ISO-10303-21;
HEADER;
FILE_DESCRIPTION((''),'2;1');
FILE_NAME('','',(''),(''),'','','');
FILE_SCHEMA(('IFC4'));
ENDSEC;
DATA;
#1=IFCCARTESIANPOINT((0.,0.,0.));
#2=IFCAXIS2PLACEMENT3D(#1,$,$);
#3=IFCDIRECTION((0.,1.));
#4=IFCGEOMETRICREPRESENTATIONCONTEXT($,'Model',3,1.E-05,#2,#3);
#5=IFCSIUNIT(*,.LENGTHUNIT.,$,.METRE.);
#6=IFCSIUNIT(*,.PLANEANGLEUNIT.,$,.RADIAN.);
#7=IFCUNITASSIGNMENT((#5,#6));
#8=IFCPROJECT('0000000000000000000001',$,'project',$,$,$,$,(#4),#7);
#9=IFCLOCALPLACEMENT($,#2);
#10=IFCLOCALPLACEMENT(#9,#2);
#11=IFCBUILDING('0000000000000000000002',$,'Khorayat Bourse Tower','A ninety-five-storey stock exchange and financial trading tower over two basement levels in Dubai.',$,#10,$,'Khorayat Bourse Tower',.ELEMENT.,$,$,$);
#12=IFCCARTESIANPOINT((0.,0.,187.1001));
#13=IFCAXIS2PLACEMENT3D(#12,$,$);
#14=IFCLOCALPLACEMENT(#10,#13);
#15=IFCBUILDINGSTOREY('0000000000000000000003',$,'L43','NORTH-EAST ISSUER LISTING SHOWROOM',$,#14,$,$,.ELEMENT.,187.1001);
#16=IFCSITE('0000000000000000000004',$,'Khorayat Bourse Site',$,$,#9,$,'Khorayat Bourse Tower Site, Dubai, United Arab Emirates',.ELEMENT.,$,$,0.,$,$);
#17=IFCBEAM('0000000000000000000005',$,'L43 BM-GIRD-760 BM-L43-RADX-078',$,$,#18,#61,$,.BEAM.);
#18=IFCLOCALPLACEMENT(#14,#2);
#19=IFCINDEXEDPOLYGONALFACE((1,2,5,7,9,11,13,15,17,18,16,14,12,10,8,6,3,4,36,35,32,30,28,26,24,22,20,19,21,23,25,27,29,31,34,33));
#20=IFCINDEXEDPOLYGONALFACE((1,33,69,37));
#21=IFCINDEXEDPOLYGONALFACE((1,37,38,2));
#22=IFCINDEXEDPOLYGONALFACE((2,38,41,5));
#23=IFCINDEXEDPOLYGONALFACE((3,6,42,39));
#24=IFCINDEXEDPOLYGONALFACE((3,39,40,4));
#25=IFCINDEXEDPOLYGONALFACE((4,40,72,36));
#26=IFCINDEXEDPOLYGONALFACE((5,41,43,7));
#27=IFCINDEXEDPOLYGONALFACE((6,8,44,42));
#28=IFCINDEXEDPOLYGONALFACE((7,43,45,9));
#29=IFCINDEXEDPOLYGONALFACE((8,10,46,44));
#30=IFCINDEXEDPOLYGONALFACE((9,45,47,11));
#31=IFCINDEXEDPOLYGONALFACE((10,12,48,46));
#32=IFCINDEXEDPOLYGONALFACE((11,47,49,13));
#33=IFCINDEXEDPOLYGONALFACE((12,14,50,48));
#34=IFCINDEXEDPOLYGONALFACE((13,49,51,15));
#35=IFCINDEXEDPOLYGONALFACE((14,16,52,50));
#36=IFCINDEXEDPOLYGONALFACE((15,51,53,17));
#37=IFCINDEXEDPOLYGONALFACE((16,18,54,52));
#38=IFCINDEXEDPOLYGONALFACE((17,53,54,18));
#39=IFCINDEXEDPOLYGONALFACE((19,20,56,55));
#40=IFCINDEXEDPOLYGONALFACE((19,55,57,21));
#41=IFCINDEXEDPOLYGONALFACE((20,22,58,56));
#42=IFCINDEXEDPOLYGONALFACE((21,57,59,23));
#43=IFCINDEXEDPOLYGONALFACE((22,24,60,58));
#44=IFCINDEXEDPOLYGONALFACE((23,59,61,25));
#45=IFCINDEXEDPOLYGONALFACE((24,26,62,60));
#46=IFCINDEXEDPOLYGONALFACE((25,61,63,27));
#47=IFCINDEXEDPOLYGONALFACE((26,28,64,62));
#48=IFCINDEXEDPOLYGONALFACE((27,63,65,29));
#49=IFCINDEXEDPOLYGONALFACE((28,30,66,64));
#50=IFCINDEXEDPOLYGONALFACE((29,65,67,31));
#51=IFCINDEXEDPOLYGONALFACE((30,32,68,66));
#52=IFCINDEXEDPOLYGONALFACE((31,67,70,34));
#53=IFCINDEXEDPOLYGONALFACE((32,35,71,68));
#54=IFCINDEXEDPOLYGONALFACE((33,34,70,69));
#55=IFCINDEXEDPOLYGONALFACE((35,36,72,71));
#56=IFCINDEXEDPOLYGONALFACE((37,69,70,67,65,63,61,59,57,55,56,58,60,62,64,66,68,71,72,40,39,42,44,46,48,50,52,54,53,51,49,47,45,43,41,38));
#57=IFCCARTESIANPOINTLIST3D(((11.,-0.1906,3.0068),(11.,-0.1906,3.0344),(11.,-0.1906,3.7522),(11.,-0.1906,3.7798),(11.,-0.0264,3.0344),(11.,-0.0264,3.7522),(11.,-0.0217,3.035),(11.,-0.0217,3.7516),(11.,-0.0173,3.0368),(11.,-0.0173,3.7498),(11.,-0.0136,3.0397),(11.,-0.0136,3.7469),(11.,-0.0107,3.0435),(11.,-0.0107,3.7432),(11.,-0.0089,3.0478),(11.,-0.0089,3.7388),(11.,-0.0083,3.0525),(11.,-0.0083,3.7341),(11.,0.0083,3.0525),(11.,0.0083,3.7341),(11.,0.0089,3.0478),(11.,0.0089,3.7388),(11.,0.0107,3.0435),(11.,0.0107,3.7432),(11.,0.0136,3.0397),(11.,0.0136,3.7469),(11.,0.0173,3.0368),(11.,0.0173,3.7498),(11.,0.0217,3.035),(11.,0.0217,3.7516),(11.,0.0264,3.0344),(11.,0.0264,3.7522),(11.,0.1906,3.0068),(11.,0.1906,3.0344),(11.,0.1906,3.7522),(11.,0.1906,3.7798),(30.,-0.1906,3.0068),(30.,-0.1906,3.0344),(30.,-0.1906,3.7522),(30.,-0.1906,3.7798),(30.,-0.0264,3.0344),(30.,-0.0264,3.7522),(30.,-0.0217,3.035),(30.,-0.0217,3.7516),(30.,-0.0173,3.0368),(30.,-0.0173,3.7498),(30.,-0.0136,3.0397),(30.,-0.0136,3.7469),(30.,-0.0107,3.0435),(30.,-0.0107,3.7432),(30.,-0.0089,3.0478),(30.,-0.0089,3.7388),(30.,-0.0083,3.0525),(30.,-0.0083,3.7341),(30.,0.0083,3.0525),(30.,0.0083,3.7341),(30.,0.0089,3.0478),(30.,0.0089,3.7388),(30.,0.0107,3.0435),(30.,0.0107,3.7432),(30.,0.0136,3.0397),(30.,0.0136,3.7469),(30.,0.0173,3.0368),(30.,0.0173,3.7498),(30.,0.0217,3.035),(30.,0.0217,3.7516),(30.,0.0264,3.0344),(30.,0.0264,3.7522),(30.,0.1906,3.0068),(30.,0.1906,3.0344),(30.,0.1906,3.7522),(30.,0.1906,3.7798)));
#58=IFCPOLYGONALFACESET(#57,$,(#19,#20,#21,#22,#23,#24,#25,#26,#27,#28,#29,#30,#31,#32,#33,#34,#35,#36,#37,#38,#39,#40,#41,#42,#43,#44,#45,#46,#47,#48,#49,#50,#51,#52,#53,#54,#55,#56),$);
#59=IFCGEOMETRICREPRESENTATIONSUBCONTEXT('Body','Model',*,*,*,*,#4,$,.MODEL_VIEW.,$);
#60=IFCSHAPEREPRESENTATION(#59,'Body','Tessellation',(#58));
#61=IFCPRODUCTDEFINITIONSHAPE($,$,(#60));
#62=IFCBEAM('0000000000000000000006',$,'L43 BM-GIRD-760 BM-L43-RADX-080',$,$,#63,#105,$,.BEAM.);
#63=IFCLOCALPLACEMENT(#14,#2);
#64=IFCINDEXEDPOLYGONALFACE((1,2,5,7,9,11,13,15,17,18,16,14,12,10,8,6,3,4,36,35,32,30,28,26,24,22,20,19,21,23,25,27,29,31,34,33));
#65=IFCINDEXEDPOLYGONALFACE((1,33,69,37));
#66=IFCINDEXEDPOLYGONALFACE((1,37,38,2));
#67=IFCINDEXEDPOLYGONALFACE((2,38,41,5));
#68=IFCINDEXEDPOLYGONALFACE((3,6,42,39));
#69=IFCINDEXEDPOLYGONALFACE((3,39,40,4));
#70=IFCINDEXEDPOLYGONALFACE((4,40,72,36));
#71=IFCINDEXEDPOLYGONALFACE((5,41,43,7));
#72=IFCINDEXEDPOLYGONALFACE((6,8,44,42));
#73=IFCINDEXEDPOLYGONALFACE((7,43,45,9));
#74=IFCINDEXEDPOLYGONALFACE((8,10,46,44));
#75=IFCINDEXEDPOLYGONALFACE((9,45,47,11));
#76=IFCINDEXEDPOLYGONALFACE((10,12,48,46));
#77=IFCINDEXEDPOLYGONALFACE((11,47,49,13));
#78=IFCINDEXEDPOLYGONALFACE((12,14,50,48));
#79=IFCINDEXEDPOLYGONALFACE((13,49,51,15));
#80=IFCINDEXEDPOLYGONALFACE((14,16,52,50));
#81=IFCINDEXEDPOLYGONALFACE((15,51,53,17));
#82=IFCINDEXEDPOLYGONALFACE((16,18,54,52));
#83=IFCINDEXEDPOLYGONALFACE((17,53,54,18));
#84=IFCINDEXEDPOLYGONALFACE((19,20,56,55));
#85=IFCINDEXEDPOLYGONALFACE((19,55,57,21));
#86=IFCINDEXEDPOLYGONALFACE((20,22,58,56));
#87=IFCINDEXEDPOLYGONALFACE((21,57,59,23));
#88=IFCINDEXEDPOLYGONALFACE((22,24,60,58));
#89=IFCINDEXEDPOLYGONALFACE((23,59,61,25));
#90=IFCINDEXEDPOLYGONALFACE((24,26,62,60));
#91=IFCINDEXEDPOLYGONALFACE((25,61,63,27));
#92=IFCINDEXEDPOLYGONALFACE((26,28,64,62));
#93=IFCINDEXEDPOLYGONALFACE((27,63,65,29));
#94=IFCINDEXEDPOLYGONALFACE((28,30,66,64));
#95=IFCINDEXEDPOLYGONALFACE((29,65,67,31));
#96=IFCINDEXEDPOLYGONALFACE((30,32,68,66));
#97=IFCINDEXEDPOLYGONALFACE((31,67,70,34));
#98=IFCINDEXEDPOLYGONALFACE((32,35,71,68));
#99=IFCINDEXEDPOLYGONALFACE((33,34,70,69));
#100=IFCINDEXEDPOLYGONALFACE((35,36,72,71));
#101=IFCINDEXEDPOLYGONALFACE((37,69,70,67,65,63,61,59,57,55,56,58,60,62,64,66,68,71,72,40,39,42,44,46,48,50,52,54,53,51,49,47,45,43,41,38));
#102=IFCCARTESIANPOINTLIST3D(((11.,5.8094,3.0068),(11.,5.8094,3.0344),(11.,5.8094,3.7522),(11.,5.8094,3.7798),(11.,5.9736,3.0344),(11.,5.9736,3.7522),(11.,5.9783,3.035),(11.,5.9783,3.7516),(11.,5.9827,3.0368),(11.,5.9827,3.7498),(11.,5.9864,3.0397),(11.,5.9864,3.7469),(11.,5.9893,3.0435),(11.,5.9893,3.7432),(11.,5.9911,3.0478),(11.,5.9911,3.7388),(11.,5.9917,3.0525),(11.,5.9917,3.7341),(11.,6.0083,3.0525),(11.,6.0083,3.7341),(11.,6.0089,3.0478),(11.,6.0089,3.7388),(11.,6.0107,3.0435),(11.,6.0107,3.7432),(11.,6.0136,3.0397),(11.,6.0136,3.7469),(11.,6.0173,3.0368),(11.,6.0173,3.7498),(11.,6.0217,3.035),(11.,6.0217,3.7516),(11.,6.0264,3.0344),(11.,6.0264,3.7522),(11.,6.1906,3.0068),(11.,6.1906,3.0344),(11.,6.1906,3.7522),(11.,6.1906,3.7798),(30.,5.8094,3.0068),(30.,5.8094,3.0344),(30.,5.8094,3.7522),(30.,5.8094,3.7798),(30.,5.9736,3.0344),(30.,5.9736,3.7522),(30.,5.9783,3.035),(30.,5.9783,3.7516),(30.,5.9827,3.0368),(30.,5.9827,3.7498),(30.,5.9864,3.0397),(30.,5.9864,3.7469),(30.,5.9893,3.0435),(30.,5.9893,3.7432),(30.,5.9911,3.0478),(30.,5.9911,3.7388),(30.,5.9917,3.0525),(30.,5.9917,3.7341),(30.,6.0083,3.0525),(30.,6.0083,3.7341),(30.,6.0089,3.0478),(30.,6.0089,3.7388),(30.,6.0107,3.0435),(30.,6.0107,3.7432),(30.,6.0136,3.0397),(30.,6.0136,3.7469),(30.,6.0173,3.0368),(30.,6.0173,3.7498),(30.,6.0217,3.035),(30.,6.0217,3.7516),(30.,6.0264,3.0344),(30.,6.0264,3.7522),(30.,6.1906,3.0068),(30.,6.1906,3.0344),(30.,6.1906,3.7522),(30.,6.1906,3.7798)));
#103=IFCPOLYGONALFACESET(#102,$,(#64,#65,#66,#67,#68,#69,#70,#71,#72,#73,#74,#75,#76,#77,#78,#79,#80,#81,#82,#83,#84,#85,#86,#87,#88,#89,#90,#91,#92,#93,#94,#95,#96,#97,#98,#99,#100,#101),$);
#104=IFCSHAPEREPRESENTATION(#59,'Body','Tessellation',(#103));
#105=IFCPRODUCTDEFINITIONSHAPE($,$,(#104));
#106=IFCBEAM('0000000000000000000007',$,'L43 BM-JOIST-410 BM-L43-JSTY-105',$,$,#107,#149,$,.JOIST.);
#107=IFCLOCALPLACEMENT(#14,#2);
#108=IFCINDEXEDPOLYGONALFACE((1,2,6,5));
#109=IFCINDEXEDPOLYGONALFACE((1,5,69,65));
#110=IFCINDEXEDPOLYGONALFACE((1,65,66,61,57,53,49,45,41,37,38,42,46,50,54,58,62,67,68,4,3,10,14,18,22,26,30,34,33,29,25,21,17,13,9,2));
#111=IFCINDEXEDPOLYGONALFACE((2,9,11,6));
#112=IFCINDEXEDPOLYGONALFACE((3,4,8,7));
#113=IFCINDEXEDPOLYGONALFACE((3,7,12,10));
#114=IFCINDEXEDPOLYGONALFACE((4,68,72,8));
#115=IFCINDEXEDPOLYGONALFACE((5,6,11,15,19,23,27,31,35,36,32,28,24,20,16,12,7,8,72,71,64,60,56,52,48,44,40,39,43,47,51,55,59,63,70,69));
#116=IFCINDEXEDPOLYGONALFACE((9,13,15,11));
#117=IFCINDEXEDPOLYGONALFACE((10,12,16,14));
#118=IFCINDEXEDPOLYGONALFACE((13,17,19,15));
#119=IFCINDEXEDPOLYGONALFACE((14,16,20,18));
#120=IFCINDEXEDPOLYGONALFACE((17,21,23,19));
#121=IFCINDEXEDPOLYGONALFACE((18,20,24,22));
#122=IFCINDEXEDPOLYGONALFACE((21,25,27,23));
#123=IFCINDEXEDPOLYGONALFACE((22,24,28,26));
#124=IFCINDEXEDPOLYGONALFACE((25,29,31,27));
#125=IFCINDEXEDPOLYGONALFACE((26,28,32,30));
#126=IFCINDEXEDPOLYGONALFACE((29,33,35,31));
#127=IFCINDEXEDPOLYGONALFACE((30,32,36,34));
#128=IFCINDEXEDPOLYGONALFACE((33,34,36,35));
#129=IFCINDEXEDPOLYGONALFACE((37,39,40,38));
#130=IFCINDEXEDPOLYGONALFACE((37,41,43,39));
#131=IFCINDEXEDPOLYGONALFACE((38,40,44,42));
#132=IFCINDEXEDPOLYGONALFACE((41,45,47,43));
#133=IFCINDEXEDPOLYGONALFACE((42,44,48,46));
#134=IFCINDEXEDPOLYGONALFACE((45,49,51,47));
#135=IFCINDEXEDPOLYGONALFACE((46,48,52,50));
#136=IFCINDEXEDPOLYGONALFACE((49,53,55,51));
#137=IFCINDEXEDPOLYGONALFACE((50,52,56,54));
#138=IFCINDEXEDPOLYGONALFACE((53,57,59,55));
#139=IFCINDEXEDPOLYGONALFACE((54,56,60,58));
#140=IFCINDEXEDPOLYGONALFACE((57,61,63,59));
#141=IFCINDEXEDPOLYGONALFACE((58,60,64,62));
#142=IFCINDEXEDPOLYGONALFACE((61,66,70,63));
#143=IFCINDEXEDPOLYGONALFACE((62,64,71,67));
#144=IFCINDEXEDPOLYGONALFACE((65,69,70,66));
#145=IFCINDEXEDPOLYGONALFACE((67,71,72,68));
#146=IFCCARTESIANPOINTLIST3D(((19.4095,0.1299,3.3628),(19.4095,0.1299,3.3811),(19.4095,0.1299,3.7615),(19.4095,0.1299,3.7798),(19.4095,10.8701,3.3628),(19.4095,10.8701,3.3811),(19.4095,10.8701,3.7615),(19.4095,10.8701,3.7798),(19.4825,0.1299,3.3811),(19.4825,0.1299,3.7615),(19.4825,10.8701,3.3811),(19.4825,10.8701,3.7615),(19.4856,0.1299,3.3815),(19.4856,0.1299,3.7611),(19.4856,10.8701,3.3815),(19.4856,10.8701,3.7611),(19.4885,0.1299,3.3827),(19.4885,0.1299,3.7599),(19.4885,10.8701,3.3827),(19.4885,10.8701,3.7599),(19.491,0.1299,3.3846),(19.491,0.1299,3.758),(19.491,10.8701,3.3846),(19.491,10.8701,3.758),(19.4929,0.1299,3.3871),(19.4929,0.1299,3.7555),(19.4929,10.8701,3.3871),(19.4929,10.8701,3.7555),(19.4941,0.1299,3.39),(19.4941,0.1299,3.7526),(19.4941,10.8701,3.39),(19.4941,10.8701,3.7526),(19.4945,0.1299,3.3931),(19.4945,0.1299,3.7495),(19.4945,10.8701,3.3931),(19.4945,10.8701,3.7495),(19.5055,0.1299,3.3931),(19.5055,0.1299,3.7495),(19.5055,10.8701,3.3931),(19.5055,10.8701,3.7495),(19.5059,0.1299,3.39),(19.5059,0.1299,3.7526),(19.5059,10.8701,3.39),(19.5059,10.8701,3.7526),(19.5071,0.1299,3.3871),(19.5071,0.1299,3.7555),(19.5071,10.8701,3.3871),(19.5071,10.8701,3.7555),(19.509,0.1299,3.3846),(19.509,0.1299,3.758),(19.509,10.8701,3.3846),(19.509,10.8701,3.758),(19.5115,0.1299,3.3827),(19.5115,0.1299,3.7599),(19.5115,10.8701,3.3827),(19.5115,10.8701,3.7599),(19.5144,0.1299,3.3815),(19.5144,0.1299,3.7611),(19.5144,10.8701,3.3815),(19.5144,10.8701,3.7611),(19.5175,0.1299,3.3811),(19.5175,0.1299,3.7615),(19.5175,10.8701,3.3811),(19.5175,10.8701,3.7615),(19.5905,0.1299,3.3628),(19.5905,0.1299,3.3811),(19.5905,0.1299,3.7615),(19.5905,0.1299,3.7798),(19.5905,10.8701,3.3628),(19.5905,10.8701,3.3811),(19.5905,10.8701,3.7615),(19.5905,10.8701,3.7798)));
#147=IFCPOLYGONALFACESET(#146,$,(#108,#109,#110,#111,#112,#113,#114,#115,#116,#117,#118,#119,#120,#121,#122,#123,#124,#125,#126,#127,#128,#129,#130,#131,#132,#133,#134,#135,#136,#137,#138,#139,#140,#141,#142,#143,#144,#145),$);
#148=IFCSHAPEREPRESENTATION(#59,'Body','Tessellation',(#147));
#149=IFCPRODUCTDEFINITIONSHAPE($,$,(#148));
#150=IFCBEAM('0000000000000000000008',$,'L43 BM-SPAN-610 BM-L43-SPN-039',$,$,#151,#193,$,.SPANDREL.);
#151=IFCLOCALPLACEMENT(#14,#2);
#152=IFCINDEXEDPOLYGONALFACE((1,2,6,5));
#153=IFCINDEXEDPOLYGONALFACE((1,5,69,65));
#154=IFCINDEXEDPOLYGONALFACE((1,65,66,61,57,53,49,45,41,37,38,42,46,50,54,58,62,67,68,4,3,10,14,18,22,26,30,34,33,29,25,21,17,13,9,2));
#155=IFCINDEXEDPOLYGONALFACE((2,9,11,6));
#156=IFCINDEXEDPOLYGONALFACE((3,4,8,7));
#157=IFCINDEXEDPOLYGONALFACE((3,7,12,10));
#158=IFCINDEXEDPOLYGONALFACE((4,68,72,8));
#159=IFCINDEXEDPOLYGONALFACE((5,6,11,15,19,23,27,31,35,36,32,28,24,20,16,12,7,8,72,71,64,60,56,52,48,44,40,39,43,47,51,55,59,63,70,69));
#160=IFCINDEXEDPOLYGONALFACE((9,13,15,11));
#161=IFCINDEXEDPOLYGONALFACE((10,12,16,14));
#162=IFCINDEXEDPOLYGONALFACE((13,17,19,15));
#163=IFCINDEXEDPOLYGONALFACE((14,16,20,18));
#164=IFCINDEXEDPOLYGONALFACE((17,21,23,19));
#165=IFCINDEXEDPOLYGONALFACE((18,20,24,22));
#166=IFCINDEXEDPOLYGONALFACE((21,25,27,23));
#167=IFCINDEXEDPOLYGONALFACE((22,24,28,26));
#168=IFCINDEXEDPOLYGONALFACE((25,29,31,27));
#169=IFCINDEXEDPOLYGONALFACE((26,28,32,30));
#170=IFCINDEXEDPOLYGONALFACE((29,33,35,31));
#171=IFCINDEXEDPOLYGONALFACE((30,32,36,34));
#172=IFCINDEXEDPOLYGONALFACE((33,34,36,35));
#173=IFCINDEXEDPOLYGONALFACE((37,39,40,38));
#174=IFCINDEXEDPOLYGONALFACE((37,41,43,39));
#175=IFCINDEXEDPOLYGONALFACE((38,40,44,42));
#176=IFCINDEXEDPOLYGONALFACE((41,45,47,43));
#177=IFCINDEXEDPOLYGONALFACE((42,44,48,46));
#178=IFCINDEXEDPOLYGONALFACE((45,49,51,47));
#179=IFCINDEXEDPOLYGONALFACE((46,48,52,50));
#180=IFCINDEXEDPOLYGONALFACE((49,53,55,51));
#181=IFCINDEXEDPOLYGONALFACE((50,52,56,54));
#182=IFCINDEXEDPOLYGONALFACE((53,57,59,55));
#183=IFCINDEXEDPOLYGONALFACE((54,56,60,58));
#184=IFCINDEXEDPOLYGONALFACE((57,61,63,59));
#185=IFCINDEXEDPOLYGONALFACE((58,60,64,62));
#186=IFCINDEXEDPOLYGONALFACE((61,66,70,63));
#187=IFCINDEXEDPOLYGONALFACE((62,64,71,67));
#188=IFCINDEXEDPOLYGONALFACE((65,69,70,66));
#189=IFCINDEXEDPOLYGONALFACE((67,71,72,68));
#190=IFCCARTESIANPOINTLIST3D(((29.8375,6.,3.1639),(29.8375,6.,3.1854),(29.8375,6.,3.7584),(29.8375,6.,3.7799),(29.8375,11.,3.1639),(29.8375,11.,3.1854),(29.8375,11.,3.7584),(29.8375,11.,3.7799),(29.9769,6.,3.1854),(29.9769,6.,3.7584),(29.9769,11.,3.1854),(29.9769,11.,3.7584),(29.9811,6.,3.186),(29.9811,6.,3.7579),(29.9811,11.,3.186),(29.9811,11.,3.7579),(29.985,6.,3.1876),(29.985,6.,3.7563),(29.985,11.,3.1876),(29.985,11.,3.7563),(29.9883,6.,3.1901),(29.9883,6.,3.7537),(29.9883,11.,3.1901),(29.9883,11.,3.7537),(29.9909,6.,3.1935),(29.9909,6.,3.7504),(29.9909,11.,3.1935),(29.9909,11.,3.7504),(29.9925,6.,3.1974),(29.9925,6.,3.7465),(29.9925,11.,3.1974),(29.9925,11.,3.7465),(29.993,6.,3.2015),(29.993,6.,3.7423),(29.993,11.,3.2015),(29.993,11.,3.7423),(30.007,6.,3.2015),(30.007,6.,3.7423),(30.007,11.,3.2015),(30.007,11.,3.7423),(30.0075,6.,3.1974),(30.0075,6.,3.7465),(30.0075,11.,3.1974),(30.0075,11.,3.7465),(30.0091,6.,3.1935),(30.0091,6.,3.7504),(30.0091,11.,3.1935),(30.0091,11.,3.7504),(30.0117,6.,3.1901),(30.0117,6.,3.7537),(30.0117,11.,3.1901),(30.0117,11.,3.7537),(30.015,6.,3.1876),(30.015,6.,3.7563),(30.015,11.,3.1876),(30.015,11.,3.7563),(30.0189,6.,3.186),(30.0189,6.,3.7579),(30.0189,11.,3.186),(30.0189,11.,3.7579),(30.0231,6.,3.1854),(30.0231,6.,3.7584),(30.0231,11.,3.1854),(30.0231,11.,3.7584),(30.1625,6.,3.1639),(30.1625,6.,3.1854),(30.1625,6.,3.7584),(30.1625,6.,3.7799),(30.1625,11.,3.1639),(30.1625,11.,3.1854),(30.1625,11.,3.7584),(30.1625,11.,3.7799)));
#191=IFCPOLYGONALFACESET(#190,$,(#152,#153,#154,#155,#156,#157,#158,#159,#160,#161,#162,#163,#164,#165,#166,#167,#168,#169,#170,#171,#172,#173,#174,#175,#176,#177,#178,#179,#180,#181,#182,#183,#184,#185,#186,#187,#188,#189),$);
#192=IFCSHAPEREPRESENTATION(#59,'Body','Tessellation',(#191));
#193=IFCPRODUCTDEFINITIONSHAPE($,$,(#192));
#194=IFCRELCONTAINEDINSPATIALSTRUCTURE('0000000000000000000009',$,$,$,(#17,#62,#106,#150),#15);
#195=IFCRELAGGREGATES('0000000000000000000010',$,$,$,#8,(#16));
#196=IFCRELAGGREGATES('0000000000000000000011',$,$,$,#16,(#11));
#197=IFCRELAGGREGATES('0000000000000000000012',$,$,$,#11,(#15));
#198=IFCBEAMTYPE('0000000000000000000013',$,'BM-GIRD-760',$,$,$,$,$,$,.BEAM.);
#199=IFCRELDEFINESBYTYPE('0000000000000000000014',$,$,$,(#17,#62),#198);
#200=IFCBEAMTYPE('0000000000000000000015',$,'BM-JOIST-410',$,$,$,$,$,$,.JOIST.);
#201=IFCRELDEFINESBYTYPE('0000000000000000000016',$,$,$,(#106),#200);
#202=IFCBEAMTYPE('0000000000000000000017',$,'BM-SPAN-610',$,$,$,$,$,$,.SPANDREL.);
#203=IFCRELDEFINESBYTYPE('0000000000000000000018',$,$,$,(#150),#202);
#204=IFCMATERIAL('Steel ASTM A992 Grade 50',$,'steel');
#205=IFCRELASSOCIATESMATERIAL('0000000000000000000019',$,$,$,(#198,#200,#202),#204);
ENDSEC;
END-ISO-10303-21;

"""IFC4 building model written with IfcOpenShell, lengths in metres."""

from ifc_helpers import new_model, si_unit, direction, frame, origin, origin_2d, place, context, subcontext, project, spatial, i_section, extrude, source, transform, mapped, material, material_profile, profile_set, type_object, element, save


model = new_model("IFC4")

# Units and contexts
model_context = context("Model", 3, precision=1e-05, world=origin(), true_north=direction((0.0, 1.0)))
body_context = subcontext(model_context, "Body", "Model", "MODEL_VIEW")
ifc_project = project(units=[si_unit("LENGTHUNIT", "METRE"), si_unit("PLANEANGLEUNIT", "RADIAN")], contexts=[model_context])

# Site, building, storey
site_placement = place(None, origin())
site = spatial("IfcSite", under=ifc_project, at=site_placement, Name="Khorayat Bourse Site", LongName="Khorayat Bourse Tower Site, Dubai, United Arab Emirates", CompositionType="ELEMENT", RefElevation=0.0)
building_placement = place(site_placement, origin())
building = spatial("IfcBuilding", under=site, at=building_placement, Name="Khorayat Bourse Tower", Description="A ninety-five-storey stock exchange and financial trading tower over two basement levels in Dubai.", LongName="Khorayat Bourse Tower", CompositionType="ELEMENT")
storey_placement = place(building_placement, frame((0.0, 0.0, 187.1001)))
storey = spatial("IfcBuildingStorey", under=building, at=storey_placement, Name="L43", Description="NORTH-EAST ISSUER LISTING SHOWROOM", CompositionType="ELEMENT", Elevation=187.1001)

# Beams
ifc_material_1 = material(Name="Steel ASTM A992 Grade 50", Category="steel")
ifc_material_profile_1 = material_profile(ifc_material_1, i_section(OverallWidth=0.3811, OverallDepth=0.7729, WebThickness=0.0166, FlangeThickness=0.0276, FilletRadius=0.0181, at=origin_2d()), Name="W760X257")
ifc_profile_set_1 = profile_set([ifc_material_profile_1], Name="Steel ASTM A992 Grade 50")
beam_type_1 = type_object("IfcBeamType", Name="BM-GIRD-760", PredefinedType="BEAM", material=ifc_profile_set_1)
shared_shape_1 = source(origin(), body_context, "Body", "SweptSolid", [
    extrude(i_section(OverallWidth=0.3811, OverallDepth=0.7729, WebThickness=0.0166, FlangeThickness=0.0276, FilletRadius=0.0181, at=origin_2d()), origin(), (0.0, 0.0, 1.0), 19.0),
])
for number, where, z_axis, x_axis, name in (
    (1, (11.0, 0.0, 3.3933), (1.0, 0.0, 0.0), (0.0, 1.0, 0.0), "L43 BM-GIRD-760 BM-L43-RADX-078"),
    (2, (11.0, 6.0, 3.3933), (1.0, 0.0, 0.0), (0.0, 1.0, 0.0), "L43 BM-GIRD-760 BM-L43-RADX-080"),
):
    element("IfcBeam", number, at=place(storey_placement, frame(where, z_axis=z_axis, x_axis=x_axis)), inside=storey, type_object=beam_type_1, Name=name, PredefinedType="BEAM", context=body_context, shape_type="MappedRepresentation", body=[
        mapped(shared_shape_1, transform((0.0, 0.0, 0.0), scale=1.0)),
    ])
ifc_material_profile_2 = material_profile(ifc_material_1, i_section(OverallWidth=0.1809, OverallDepth=0.417, WebThickness=0.011, FlangeThickness=0.0183, FilletRadius=0.012, at=origin_2d()), Name="W410X85")
ifc_profile_set_2 = profile_set([ifc_material_profile_2], Name="Steel ASTM A992 Grade 50")
beam_type_2 = type_object("IfcBeamType", Name="BM-JOIST-410", PredefinedType="JOIST", material=ifc_profile_set_2)
shared_shape_2 = source(origin(), body_context, "Body", "SweptSolid", [
    extrude(i_section(OverallWidth=0.1809, OverallDepth=0.417, WebThickness=0.011, FlangeThickness=0.0183, FilletRadius=0.012, at=origin_2d()), origin(), (0.0, 0.0, 1.0), 10.7402),
])
beam_1_placement = place(storey_placement, frame((19.5, 0.1299, 3.5713), z_axis=(0.0, 1.0, 0.0), x_axis=(-1.0, 0.0, 0.0)))
element("IfcBeam", 3, at=beam_1_placement, inside=storey, type_object=beam_type_2, Name="L43 BM-JOIST-410 BM-L43-JSTY-105", PredefinedType="JOIST", context=body_context, shape_type="MappedRepresentation", body=[
    mapped(shared_shape_2, transform((0.0, 0.0, 0.0), scale=1.0)),
])
ifc_material_profile_3 = material_profile(ifc_material_1, i_section(OverallWidth=0.325, OverallDepth=0.616, WebThickness=0.0139, FlangeThickness=0.0215, FilletRadius=0.0161, at=origin_2d()), Name="W610X174")
ifc_profile_set_3 = profile_set([ifc_material_profile_3], Name="Steel ASTM A992 Grade 50")
beam_type_3 = type_object("IfcBeamType", Name="BM-SPAN-610", PredefinedType="SPANDREL", material=ifc_profile_set_3)
shared_shape_3 = source(origin(), body_context, "Body", "SweptSolid", [
    extrude(i_section(OverallWidth=0.325, OverallDepth=0.616, WebThickness=0.0139, FlangeThickness=0.0215, FilletRadius=0.0161, at=origin_2d()), origin(), (0.0, 0.0, 1.0), 5.0),
])
beam_2_placement = place(storey_placement, frame((30.0, 6.0, 3.4719), z_axis=(0.0, 1.0, 0.0), x_axis=(-1.0, 0.0, 0.0)))
element("IfcBeam", 4, at=beam_2_placement, inside=storey, type_object=beam_type_3, Name="L43 BM-SPAN-610 BM-L43-SPN-039", PredefinedType="SPANDREL", context=body_context, shape_type="MappedRepresentation", body=[
    mapped(shared_shape_3, transform((0.0, 0.0, 0.0), scale=1.0)),
])

save(model, "model.ifc")
